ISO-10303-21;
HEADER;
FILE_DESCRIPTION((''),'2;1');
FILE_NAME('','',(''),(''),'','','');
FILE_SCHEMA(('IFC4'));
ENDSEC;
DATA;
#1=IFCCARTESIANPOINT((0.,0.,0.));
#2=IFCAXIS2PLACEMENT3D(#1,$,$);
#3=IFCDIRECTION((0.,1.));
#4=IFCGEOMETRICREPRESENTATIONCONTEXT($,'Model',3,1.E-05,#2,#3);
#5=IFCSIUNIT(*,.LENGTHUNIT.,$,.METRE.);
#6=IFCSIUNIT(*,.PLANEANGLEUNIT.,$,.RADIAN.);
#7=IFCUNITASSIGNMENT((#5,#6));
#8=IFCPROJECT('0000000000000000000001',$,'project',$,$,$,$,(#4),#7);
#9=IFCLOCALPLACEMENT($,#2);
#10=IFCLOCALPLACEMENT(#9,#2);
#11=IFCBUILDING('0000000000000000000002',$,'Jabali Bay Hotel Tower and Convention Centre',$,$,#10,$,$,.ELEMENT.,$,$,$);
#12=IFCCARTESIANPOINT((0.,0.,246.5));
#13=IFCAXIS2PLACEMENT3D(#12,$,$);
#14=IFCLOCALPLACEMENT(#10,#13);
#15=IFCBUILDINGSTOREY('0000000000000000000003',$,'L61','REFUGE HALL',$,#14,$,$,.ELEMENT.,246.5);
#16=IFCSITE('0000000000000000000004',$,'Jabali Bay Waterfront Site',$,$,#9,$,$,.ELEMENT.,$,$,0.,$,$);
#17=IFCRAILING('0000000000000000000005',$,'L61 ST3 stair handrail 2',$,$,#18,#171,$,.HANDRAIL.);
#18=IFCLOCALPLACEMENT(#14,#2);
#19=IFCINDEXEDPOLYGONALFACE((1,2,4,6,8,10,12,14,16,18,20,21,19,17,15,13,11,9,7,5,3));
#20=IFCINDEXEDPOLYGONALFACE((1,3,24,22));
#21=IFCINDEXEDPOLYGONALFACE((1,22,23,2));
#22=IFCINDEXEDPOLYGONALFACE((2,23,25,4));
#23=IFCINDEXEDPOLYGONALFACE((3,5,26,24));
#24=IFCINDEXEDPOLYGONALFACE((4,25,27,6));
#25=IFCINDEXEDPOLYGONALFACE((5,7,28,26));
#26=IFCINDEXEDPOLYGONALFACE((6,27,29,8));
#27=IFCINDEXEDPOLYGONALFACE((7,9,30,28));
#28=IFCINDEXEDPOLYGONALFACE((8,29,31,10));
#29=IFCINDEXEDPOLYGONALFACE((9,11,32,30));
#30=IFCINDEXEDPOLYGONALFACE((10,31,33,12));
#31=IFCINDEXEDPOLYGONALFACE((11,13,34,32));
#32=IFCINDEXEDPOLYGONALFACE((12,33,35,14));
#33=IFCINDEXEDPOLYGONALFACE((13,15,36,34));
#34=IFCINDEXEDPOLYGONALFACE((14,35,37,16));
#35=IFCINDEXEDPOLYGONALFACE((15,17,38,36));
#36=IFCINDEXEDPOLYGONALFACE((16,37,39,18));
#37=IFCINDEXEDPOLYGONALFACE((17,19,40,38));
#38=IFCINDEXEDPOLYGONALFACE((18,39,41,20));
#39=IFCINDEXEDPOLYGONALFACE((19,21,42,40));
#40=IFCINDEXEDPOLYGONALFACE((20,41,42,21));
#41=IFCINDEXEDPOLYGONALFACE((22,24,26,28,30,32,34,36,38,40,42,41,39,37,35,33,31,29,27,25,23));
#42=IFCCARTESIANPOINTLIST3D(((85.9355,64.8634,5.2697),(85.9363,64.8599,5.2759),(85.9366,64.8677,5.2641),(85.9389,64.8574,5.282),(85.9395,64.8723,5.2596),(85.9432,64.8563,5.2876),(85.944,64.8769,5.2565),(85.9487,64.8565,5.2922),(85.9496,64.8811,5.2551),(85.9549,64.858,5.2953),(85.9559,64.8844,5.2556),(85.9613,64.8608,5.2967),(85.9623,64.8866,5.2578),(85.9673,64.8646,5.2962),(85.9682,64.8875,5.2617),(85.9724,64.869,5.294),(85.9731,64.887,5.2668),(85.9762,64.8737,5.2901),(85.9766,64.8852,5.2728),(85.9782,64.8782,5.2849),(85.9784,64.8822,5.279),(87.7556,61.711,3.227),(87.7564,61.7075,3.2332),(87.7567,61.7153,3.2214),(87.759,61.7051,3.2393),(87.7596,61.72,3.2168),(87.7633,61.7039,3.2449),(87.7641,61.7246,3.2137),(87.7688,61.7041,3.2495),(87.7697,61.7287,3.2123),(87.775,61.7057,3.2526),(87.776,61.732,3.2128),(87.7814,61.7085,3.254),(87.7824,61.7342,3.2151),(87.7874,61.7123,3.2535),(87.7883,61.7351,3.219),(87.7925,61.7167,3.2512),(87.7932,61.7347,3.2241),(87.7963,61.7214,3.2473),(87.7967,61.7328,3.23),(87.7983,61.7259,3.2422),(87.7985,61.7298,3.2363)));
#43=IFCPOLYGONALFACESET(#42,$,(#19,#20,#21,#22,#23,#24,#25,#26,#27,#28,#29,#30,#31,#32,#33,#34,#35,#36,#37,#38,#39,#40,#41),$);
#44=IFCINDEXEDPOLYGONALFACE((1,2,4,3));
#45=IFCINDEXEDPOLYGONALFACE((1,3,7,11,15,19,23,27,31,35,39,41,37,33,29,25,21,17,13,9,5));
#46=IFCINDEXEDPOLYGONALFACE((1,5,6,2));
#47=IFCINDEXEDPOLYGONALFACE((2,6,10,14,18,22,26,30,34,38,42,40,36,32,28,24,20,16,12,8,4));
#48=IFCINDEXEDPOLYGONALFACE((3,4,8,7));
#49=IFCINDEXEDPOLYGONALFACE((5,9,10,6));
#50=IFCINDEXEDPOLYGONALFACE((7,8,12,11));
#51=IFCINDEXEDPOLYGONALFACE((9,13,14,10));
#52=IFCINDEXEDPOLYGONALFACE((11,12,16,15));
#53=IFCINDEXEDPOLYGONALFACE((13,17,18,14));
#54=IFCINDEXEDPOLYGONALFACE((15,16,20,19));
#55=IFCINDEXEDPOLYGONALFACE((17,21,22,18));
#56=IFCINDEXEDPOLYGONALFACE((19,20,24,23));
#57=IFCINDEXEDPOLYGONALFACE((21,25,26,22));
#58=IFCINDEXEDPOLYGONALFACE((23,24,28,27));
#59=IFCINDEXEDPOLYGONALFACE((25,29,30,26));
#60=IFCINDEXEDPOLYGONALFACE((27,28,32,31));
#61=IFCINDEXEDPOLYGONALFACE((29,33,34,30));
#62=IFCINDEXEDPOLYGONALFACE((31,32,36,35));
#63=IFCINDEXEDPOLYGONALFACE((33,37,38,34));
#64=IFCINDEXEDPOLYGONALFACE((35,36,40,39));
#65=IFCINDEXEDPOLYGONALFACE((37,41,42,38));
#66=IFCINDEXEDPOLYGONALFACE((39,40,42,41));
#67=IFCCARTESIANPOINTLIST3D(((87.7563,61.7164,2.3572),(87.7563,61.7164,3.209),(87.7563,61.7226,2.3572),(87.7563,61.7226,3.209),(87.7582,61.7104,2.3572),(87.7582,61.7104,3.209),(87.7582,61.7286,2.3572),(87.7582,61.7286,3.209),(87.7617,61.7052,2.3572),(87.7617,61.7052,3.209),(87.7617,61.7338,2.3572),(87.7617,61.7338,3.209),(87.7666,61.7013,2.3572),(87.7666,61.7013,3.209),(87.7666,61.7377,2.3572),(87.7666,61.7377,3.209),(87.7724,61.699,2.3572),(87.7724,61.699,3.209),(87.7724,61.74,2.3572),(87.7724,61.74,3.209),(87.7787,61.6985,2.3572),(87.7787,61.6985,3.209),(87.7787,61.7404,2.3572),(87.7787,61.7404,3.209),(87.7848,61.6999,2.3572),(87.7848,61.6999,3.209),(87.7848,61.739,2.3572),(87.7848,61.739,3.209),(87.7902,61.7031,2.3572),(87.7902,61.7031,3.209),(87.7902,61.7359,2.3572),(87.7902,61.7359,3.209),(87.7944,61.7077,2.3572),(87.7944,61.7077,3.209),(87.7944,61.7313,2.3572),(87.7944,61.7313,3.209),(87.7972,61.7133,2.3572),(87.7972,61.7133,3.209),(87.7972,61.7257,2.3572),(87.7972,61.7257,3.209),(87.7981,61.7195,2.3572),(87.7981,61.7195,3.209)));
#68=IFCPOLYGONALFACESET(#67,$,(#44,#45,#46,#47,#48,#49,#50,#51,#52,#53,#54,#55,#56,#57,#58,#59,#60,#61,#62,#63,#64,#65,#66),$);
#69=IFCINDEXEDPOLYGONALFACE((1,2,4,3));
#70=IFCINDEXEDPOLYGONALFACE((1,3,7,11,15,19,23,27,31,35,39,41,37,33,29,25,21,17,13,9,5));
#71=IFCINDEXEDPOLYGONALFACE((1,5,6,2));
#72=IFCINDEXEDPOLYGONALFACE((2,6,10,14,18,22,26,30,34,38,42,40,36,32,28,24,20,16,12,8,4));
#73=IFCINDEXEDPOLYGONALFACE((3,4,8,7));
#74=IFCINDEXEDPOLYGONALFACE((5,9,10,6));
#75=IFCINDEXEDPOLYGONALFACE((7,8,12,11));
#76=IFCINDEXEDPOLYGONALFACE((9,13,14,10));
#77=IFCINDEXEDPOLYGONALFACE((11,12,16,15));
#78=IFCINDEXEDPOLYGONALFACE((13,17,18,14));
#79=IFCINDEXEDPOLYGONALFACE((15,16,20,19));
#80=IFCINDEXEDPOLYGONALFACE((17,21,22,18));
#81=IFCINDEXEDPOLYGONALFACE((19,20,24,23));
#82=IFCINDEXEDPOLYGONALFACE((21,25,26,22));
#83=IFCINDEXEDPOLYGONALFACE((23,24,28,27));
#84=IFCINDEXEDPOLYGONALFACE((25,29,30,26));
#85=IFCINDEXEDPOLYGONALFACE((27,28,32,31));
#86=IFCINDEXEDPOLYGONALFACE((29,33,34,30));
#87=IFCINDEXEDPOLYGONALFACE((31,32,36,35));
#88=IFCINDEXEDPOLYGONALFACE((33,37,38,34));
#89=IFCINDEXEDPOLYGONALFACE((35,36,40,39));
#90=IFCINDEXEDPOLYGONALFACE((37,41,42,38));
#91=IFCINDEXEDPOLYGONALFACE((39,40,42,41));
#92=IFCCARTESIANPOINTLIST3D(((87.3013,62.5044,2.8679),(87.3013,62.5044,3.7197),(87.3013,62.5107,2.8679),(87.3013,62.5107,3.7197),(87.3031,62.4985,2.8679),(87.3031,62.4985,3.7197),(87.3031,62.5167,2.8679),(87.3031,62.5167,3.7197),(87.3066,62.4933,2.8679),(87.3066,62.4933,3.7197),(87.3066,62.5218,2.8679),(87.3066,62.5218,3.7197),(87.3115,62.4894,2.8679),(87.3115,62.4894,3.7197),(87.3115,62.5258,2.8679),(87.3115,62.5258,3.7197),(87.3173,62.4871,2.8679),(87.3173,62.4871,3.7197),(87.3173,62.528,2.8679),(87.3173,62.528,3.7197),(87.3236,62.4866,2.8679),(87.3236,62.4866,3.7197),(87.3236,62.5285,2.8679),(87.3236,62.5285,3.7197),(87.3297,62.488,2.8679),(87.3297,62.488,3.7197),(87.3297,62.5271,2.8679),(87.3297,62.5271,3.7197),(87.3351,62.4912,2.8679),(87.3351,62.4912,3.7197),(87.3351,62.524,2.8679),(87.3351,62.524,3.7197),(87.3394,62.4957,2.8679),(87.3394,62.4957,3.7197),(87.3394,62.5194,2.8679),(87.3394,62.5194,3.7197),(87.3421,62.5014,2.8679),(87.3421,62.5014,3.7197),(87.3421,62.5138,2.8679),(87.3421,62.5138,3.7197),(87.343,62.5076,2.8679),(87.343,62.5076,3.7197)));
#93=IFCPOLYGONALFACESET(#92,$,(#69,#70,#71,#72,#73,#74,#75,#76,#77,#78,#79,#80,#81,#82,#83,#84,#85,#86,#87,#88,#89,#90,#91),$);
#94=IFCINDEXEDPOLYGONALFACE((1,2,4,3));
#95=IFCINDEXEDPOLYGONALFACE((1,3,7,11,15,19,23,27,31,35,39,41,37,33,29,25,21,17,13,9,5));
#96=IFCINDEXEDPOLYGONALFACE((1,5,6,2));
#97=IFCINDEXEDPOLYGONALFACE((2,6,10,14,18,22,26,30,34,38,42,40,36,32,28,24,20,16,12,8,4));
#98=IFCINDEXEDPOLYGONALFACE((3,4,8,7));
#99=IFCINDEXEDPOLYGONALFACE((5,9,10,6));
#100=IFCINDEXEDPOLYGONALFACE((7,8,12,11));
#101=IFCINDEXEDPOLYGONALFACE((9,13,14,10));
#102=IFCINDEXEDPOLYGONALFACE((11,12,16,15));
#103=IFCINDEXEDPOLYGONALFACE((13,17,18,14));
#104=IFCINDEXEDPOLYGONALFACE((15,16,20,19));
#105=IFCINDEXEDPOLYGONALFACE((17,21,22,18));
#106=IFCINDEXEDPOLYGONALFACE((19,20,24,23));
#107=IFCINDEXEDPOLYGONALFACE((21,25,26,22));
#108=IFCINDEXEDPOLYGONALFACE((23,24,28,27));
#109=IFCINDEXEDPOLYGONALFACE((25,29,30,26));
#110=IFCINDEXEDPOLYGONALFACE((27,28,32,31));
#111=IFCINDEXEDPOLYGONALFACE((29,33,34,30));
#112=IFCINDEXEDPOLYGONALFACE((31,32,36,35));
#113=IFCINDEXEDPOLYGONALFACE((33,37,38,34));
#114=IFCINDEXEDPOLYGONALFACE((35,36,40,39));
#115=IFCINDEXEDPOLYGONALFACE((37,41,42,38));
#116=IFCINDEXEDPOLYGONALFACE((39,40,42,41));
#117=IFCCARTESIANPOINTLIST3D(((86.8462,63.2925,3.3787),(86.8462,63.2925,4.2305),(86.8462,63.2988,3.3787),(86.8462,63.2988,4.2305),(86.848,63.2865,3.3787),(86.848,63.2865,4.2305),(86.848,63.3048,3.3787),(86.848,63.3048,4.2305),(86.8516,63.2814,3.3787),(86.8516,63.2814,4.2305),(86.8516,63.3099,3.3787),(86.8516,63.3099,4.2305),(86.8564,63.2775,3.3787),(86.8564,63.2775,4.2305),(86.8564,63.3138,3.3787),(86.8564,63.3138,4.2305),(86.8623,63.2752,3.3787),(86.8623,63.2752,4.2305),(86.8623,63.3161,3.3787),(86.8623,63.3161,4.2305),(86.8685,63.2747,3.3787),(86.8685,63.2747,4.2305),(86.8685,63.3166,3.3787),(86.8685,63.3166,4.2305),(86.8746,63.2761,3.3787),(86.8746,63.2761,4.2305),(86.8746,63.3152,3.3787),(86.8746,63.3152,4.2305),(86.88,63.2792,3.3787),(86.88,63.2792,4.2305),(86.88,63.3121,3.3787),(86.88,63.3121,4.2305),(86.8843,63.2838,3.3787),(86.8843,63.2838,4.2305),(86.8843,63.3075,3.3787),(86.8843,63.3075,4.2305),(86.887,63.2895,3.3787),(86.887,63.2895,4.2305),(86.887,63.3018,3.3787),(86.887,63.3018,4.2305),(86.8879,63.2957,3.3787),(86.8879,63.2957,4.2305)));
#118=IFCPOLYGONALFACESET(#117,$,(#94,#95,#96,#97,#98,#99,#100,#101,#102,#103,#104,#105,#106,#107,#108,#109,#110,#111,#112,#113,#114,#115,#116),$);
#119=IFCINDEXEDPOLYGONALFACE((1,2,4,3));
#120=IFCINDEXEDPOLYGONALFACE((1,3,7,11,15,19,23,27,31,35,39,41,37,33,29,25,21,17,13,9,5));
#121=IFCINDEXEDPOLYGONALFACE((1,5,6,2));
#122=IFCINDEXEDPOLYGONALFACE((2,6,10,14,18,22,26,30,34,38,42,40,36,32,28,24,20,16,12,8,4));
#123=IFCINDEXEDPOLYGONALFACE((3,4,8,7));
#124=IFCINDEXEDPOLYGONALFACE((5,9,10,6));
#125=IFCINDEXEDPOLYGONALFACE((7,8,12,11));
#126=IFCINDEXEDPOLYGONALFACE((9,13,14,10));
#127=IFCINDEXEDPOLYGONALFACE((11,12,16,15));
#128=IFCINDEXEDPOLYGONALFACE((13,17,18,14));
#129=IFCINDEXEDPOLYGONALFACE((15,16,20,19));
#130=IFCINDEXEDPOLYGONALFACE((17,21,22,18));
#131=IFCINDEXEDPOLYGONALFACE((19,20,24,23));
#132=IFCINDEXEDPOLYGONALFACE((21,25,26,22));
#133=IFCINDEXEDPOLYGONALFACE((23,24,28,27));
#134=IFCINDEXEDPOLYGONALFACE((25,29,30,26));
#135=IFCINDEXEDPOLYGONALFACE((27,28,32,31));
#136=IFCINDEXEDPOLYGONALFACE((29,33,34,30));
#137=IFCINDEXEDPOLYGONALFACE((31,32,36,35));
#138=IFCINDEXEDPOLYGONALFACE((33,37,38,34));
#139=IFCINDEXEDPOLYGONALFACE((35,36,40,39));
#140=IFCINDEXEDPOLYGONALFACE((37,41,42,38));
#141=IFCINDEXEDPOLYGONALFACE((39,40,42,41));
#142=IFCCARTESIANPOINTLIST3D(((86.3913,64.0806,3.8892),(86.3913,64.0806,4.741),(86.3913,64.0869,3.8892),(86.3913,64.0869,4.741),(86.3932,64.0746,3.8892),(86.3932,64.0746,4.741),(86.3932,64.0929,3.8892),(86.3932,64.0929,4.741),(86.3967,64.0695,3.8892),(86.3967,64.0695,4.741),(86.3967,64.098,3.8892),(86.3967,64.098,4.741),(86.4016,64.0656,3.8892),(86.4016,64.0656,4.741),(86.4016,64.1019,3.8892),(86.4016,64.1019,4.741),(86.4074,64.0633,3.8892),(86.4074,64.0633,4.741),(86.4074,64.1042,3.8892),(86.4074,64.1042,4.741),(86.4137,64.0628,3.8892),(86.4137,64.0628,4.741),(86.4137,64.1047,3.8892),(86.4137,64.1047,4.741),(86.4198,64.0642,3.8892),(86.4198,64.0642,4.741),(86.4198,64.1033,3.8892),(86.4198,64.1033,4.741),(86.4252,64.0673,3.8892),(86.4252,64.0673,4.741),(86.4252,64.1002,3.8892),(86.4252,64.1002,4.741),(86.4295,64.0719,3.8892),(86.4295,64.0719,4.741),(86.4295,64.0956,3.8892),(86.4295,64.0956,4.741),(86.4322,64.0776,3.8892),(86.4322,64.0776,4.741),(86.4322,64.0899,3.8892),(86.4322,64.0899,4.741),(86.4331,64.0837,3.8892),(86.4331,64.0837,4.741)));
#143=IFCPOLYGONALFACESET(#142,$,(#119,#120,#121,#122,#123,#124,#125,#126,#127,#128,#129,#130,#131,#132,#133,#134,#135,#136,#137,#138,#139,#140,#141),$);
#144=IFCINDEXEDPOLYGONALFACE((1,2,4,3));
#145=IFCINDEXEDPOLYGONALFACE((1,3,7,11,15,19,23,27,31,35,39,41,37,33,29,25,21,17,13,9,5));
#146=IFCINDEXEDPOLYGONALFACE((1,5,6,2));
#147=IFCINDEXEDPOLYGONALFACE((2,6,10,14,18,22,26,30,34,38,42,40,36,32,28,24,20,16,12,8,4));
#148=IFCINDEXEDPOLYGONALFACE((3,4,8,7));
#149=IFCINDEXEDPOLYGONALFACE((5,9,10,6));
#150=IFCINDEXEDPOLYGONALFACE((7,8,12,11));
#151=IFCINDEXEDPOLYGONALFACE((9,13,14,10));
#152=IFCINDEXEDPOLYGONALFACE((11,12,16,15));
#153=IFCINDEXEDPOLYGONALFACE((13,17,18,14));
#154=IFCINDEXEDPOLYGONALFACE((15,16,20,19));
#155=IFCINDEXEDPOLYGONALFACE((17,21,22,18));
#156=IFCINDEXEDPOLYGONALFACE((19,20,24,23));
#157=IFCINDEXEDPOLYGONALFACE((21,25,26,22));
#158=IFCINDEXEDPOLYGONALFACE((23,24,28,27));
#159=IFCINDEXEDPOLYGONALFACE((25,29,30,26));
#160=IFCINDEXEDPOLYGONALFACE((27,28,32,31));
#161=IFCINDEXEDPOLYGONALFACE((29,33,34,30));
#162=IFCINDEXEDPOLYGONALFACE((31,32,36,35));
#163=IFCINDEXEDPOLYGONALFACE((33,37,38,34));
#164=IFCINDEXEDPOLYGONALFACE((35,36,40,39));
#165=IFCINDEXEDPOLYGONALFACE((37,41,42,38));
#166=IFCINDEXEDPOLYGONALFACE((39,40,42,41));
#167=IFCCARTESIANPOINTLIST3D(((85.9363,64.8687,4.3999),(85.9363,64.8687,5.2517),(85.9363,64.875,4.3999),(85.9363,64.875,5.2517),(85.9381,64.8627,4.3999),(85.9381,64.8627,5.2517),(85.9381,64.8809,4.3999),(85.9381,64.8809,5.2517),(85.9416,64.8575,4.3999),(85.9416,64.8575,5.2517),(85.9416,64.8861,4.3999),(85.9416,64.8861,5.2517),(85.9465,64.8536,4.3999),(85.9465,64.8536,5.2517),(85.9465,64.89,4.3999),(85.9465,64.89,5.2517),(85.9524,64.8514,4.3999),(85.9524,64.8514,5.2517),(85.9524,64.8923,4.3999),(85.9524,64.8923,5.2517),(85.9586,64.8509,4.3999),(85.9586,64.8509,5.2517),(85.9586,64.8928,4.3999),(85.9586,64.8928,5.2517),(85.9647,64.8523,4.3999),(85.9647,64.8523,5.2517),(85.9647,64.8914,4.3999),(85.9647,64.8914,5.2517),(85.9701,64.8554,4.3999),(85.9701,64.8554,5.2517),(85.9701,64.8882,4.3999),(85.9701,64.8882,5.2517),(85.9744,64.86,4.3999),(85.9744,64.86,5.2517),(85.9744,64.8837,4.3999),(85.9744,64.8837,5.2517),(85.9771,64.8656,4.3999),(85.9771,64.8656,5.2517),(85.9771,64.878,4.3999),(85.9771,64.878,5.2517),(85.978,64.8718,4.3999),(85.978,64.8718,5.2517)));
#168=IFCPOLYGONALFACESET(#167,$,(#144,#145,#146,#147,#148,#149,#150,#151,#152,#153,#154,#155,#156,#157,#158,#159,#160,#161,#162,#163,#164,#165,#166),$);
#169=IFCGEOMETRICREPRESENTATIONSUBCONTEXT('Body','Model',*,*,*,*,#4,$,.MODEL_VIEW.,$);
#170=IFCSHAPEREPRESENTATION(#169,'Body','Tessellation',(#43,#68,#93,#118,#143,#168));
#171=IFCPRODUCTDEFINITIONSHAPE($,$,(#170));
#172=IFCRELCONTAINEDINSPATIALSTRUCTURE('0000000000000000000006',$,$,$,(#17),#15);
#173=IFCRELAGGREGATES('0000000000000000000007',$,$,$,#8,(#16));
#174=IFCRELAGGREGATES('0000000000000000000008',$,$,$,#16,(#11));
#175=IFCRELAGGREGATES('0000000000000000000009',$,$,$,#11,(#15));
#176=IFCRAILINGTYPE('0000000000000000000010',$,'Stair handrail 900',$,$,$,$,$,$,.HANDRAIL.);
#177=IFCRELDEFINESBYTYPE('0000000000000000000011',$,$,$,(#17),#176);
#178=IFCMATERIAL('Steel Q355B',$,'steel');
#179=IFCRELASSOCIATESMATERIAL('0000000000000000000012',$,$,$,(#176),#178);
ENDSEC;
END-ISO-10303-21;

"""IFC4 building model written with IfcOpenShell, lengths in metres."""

from ifc_helpers import new_model, si_unit, direction, frame, origin, origin_2d, place, context, subcontext, project, spatial, circle, extrude, material, type_object, element, save


model = new_model("IFC4")

# Units and contexts
model_context = context("Model", 3, precision=1e-05, world=origin(), true_north=direction((0.0, 1.0)))
body_context = subcontext(model_context, "Body", "Model", "MODEL_VIEW")
ifc_project = project(units=[si_unit("LENGTHUNIT", "METRE"), si_unit("PLANEANGLEUNIT", "RADIAN")], contexts=[model_context])

# Site, building, storey
site_placement = place(None, origin())
site = spatial("IfcSite", under=ifc_project, at=site_placement, Name="Jabali Bay Waterfront Site", CompositionType="ELEMENT", RefElevation=0.0)
building_placement = place(site_placement, origin())
building = spatial("IfcBuilding", under=site, at=building_placement, Name="Jabali Bay Hotel Tower and Convention Centre", CompositionType="ELEMENT")
storey_placement = place(building_placement, frame((0.0, 0.0, 246.5)))
storey = spatial("IfcBuildingStorey", under=building, at=storey_placement, Name="L61", Description="REFUGE HALL", CompositionType="ELEMENT", Elevation=246.5)

# Railing
ifc_material_1 = material(Name="Steel Q355B", Category="steel")
railing_type = type_object("IfcRailingType", Name="Stair handrail 900", PredefinedType="HANDRAIL", material=ifc_material_1)
railing_1_placement = place(storey_placement, frame((87.7771, 61.7195, 2.3572)))
element("IfcRailing", 1, at=railing_1_placement, inside=storey, type_object=railing_type, Name="L61 ST3 stair handrail 2", PredefinedType="HANDRAIL", context=body_context, shape_type="SweptSolid", body=[
    extrude(circle(Radius=0.0239, at=origin_2d()), frame((0.0, 0.0, 0.876), z_axis=(-0.436044, 0.755225, 0.489387), x_axis=(-0.866018, -0.500013, 0.0)), (0.0, 0.0, 1.0), 4.1741),
    extrude(circle(Radius=0.021, at=origin_2d()), origin(), (0.0, 0.0, 1.0), 0.8518),
    extrude(circle(Radius=0.021, at=origin_2d()), frame((-0.4551, 0.7881, 0.5107)), (0.0, 0.0, 1.0), 0.8518),
    extrude(circle(Radius=0.021, at=origin_2d()), frame((-0.9102, 1.5762, 1.0215)), (0.0, 0.0, 1.0), 0.8518),
    extrude(circle(Radius=0.021, at=origin_2d()), frame((-1.365, 2.3643, 1.532)), (0.0, 0.0, 1.0), 0.8518),
    extrude(circle(Radius=0.021, at=origin_2d()), frame((-1.8201, 3.1523, 2.0427)), (0.0, 0.0, 1.0), 0.8518),
])

save(model, "model.ifc")
